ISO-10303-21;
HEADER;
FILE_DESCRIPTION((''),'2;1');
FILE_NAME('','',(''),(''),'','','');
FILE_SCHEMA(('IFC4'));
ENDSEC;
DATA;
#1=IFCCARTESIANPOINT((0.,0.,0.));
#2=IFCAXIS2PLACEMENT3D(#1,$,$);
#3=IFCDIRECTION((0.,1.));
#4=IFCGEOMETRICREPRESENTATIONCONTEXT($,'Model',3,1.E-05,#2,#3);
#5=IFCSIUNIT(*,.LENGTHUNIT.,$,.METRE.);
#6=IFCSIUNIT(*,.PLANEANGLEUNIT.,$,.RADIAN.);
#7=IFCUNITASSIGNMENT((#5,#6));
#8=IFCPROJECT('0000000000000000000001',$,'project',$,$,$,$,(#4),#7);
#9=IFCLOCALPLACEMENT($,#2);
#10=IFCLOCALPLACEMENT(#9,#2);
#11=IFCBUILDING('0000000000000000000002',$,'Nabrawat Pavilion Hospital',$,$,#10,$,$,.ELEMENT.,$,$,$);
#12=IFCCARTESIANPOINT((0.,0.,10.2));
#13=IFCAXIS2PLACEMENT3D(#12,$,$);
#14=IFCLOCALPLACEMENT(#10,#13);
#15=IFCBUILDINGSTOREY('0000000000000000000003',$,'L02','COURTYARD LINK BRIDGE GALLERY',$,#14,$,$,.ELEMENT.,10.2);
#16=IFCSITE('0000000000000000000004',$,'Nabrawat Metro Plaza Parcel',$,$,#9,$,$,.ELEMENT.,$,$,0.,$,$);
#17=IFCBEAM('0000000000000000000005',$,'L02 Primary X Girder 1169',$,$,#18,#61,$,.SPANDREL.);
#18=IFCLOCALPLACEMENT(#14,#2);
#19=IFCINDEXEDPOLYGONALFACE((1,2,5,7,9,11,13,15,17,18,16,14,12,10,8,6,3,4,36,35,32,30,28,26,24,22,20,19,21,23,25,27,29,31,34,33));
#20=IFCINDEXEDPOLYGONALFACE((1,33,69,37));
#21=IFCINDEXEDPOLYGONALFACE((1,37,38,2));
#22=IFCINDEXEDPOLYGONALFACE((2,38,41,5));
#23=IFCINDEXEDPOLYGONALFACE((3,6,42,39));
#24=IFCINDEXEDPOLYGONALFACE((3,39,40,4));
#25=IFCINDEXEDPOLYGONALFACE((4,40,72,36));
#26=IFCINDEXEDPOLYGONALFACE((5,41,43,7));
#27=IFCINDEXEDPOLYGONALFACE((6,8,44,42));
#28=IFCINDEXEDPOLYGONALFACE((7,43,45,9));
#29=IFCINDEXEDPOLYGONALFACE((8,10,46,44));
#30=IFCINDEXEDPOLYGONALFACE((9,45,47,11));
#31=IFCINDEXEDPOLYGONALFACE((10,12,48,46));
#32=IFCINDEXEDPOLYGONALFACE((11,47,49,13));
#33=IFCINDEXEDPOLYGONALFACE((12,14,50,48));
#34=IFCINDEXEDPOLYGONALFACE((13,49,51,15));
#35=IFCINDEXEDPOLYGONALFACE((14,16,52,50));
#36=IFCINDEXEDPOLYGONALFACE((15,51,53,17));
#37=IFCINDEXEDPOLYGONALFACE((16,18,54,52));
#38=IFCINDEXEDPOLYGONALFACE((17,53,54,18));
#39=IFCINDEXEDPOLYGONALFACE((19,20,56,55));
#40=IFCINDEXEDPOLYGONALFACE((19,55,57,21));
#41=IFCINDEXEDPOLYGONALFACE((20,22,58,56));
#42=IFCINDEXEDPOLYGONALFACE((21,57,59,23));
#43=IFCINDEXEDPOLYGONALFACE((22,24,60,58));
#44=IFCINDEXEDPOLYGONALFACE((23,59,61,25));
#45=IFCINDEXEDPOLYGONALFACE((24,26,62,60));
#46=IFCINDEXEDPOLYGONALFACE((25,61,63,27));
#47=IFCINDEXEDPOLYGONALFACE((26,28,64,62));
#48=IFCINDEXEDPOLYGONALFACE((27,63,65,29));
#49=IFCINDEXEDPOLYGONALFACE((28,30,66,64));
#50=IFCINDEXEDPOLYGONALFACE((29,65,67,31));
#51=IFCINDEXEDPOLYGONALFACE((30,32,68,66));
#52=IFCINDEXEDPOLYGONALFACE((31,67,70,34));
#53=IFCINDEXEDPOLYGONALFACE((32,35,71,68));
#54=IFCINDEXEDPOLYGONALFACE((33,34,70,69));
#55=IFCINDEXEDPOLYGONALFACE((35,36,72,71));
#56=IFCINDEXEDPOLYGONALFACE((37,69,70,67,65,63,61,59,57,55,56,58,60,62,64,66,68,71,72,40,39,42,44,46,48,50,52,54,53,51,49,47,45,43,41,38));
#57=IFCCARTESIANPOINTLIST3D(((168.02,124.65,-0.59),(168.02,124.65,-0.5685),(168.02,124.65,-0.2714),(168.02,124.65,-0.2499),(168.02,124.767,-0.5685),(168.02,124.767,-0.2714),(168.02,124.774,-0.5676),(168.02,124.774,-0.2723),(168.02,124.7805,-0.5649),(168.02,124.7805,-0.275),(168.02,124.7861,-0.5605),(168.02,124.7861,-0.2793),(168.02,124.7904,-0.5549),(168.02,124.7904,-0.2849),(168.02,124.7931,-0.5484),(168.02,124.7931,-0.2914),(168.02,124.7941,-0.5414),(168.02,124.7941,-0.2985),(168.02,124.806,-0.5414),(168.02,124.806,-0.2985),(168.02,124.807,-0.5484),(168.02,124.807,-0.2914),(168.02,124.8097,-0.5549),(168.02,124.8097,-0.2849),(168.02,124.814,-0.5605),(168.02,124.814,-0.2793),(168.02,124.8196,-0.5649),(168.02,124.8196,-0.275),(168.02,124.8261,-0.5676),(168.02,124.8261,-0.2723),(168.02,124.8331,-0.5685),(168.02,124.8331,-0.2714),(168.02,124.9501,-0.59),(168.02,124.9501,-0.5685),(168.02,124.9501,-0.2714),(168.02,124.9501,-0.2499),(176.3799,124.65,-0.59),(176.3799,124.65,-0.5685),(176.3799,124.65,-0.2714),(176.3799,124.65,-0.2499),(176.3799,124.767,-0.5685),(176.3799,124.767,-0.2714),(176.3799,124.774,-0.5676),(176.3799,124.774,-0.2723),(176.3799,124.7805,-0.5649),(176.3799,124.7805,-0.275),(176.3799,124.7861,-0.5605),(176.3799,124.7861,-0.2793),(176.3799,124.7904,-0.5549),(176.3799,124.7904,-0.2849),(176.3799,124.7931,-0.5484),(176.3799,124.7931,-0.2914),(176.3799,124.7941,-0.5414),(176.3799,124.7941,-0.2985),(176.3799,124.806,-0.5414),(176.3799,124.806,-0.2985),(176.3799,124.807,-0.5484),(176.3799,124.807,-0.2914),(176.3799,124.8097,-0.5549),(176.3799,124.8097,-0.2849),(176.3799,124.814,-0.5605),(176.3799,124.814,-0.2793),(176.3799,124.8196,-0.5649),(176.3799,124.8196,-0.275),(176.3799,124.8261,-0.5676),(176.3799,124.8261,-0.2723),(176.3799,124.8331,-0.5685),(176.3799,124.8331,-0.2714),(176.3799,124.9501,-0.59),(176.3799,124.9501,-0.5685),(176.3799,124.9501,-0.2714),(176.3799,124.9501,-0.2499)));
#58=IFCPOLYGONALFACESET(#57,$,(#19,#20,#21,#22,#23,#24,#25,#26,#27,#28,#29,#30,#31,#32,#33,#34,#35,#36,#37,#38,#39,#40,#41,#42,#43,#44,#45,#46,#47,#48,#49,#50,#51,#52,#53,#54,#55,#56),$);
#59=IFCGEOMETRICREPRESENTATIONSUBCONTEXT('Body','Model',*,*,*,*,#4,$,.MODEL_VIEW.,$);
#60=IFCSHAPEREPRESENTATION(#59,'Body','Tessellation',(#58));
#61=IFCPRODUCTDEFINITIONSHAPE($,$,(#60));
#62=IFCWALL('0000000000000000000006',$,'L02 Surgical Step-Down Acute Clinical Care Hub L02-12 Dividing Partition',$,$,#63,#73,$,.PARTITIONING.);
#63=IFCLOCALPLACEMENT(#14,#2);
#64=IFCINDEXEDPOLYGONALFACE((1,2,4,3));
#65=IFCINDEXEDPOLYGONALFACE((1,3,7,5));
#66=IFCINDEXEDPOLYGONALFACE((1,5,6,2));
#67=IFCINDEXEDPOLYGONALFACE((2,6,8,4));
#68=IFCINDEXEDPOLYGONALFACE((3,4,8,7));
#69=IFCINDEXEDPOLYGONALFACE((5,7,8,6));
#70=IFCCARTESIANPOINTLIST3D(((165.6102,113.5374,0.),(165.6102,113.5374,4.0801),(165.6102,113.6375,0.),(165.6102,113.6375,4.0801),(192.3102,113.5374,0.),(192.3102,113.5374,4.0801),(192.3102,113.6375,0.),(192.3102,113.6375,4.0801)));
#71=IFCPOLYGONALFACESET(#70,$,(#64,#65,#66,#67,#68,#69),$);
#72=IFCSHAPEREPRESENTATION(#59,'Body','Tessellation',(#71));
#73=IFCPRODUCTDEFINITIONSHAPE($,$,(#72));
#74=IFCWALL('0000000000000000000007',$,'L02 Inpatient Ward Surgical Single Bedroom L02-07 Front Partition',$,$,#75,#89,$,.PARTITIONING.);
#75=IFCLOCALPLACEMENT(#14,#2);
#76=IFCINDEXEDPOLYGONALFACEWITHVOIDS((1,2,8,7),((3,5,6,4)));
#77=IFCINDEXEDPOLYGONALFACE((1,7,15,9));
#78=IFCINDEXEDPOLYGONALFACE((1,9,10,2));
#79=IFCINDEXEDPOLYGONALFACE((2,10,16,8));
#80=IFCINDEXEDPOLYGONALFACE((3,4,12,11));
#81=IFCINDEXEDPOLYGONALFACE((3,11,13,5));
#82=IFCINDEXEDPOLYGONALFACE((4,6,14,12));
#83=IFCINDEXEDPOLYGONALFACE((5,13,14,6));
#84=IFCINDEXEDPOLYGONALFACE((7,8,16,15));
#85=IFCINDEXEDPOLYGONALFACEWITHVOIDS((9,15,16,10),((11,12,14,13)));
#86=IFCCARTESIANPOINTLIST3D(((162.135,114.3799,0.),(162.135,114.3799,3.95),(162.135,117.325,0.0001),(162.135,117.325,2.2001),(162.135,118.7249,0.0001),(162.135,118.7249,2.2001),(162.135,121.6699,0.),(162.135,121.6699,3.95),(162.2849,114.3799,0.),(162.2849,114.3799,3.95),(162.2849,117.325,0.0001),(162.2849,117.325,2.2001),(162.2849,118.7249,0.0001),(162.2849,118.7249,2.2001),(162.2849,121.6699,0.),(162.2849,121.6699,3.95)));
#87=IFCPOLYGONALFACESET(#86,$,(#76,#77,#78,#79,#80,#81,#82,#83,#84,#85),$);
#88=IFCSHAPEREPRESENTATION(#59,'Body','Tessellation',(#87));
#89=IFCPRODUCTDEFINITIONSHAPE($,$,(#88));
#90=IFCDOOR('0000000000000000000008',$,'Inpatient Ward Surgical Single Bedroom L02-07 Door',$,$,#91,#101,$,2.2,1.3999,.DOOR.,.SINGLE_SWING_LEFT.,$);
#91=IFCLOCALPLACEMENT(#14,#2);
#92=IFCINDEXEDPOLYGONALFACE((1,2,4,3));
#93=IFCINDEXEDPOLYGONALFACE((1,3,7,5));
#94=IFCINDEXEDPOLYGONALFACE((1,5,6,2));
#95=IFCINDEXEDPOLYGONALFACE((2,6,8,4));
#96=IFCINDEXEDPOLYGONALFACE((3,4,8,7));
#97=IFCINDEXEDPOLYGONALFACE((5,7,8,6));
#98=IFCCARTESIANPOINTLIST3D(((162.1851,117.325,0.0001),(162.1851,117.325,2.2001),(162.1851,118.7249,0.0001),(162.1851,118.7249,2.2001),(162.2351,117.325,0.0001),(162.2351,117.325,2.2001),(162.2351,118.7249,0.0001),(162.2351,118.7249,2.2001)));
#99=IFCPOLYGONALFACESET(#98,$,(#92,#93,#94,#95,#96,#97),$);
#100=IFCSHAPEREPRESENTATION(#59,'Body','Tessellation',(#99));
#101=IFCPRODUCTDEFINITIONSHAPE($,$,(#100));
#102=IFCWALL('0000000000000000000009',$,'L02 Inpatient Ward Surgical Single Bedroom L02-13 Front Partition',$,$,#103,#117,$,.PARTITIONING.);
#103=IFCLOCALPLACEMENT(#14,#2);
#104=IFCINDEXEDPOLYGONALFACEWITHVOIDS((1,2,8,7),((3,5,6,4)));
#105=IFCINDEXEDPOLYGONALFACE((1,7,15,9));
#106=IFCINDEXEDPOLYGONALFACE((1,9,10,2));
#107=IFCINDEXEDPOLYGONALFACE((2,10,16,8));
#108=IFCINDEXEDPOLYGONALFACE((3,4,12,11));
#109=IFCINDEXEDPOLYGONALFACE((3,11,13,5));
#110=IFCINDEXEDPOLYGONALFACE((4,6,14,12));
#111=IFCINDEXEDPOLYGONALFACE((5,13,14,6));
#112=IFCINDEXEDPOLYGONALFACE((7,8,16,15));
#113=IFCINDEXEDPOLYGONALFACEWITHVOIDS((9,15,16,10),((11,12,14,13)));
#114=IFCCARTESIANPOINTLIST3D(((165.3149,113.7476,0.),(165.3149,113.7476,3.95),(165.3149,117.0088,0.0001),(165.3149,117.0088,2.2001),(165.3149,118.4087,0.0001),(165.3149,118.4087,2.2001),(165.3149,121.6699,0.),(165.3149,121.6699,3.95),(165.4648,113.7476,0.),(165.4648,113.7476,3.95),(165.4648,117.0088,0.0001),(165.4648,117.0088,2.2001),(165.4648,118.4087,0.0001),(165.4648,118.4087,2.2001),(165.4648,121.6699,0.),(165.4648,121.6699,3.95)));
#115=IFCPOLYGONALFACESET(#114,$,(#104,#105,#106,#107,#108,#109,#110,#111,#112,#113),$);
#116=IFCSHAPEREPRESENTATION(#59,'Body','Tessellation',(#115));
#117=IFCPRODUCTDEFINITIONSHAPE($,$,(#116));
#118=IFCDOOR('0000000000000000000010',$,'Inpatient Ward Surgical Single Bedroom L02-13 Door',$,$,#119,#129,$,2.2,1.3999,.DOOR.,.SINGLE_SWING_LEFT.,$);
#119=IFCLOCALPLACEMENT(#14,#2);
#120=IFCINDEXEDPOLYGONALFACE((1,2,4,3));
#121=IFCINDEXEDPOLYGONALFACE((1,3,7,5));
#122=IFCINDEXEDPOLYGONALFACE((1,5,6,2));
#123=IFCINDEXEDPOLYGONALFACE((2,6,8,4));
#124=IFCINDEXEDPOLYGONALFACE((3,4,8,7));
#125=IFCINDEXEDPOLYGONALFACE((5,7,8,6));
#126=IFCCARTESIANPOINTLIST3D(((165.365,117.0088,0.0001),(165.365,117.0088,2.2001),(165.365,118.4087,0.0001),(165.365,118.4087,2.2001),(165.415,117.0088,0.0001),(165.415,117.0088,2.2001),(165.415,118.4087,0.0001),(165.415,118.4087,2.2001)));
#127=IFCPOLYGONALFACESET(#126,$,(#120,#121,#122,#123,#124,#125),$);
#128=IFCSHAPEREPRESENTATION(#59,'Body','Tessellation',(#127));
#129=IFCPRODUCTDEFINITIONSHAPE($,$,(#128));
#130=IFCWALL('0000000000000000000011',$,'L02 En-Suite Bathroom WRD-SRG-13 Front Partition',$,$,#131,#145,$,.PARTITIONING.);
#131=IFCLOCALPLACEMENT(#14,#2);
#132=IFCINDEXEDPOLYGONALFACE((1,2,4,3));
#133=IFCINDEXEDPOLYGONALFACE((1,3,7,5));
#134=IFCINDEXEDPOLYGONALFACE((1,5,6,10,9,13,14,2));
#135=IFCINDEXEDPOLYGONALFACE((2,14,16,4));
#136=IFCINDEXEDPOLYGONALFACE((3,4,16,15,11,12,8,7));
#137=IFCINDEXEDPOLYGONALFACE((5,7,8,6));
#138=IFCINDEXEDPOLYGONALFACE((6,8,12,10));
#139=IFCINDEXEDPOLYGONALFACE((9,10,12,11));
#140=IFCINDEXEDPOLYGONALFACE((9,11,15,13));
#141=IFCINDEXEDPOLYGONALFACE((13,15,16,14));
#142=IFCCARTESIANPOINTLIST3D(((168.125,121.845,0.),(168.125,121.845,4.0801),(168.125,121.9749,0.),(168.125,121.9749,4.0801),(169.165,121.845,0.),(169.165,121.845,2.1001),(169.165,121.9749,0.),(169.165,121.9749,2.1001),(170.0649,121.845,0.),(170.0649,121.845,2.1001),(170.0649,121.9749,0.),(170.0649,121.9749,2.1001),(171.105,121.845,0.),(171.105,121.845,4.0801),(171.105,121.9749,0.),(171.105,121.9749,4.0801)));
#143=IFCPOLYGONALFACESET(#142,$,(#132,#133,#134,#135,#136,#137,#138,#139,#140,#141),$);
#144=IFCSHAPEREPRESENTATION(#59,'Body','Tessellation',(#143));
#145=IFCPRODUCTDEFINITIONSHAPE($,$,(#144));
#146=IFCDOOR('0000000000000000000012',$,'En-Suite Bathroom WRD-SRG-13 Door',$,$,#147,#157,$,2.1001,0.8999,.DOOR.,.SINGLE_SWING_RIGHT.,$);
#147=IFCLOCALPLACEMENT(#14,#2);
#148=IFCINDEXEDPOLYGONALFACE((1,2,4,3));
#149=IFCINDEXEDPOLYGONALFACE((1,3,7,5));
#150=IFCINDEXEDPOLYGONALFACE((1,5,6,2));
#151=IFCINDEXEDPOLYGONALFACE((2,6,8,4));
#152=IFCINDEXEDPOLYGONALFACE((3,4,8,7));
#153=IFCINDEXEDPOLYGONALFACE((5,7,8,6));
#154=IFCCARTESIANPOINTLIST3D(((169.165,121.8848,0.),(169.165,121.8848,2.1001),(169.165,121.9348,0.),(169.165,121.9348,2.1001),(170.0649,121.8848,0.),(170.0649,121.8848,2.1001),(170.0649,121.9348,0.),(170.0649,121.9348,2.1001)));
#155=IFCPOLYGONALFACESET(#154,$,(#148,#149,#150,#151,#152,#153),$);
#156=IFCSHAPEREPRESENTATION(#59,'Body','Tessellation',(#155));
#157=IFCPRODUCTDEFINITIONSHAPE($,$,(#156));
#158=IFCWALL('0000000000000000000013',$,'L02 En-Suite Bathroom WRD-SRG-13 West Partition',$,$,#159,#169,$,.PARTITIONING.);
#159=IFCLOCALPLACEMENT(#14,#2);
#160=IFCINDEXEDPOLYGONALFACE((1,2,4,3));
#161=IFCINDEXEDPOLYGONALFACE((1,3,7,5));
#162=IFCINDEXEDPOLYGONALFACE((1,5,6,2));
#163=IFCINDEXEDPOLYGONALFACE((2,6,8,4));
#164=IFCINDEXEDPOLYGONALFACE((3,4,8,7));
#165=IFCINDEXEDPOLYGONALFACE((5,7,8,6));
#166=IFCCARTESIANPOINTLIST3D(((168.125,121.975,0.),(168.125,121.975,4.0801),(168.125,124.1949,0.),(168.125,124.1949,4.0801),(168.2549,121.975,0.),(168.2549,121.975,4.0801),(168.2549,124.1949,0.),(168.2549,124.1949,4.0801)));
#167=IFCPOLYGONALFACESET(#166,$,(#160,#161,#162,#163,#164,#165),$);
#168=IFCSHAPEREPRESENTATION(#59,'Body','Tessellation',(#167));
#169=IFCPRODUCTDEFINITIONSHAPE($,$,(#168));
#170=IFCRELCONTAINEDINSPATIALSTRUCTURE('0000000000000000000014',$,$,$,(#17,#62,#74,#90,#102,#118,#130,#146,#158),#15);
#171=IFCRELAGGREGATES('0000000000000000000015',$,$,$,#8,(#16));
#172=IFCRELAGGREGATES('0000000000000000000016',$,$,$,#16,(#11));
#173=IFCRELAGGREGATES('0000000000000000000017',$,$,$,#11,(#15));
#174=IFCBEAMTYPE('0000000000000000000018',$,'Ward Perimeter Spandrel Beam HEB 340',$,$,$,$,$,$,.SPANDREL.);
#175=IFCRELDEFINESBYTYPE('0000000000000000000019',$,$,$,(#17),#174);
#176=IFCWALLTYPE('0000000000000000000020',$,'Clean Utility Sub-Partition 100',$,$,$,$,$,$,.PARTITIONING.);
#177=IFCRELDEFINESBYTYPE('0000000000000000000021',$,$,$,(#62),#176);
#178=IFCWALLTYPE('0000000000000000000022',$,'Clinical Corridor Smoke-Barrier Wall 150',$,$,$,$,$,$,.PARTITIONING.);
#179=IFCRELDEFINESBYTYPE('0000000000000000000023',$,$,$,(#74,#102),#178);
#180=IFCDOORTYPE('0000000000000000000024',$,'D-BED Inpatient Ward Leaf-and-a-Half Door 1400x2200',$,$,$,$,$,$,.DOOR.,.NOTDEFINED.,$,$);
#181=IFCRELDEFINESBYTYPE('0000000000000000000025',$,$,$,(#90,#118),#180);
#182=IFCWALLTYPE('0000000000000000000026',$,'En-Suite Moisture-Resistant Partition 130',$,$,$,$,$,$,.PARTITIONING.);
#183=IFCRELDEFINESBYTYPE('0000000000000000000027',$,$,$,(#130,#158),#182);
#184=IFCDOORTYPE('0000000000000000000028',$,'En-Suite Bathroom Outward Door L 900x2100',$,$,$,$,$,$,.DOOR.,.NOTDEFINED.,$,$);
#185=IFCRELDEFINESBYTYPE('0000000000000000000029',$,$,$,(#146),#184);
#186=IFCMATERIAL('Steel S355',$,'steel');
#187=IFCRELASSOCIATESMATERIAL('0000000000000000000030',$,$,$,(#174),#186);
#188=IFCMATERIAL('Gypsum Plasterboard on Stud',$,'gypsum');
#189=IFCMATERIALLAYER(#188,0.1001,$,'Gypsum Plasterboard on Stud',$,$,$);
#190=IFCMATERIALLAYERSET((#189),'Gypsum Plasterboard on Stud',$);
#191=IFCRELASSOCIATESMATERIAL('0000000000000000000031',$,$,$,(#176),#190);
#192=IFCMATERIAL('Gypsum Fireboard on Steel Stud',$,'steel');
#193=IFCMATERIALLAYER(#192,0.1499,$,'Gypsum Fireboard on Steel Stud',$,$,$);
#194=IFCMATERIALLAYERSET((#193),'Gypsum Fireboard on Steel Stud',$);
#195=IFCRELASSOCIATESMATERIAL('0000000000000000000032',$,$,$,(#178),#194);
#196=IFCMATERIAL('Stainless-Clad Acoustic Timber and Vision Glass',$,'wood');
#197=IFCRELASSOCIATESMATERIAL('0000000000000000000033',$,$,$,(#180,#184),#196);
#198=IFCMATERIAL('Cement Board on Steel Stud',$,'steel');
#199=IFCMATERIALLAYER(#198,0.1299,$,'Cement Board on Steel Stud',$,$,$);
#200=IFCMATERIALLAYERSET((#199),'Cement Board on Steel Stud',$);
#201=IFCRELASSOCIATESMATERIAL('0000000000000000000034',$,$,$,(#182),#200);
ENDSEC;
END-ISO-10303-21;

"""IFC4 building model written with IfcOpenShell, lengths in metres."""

from ifc_helpers import new_model, si_unit, direction, frame, frame_2d, origin, origin_2d, place, context, subcontext, project, spatial, rectangle, i_section, extrude, material, layer, layer_set, material_profile, profile_set, type_object, element, fill, save


model = new_model("IFC4")

# Units and contexts
model_context = context("Model", 3, precision=1e-05, world=origin(), true_north=direction((0.0, 1.0)))
body_context = subcontext(model_context, "Body", "Model", "MODEL_VIEW")
ifc_project = project(units=[si_unit("LENGTHUNIT", "METRE"), si_unit("PLANEANGLEUNIT", "RADIAN")], contexts=[model_context])

# Site, building, storey
site_placement = place(None, origin())
site = spatial("IfcSite", under=ifc_project, at=site_placement, Name="Nabrawat Metro Plaza Parcel", CompositionType="ELEMENT", RefElevation=0.0)
building_placement = place(site_placement, origin())
building = spatial("IfcBuilding", under=site, at=building_placement, Name="Nabrawat Pavilion Hospital", CompositionType="ELEMENT")
storey_placement = place(building_placement, frame((0.0, 0.0, 10.2)))
storey = spatial("IfcBuildingStorey", under=building, at=storey_placement, Name="L02", Description="COURTYARD LINK BRIDGE GALLERY", CompositionType="ELEMENT", Elevation=10.2)

# Shared definitions
ifc_material_1 = material(Name="Steel S355", Category="steel")

# Beam
ifc_material_profile_1 = material_profile(ifc_material_1, i_section(OverallWidth=0.3, OverallDepth=0.3401, WebThickness=0.012, FlangeThickness=0.0215, FilletRadius=0.0271, at=origin_2d()), Name="HEB 340")
ifc_profile_set_1 = profile_set([ifc_material_profile_1], Name="Steel S355")
beam_type_1 = type_object("IfcBeamType", Name="Ward Perimeter Spandrel Beam HEB 340", PredefinedType="SPANDREL", material=ifc_profile_set_1)
for number, where, z_axis, x_axis, name in (
    (1, (168.02, 124.8, -0.4199), (1.0, 0.0, 0.0), (0.0, 1.0, 0.0), "L02 Primary X Girder 1169"),
):
    element("IfcBeam", number, at=place(storey_placement, frame(where, z_axis=z_axis, x_axis=x_axis)), inside=storey, type_object=beam_type_1, Name=name, PredefinedType="SPANDREL", context=body_context, shape_type="SweptSolid", body=[
        extrude(i_section(OverallWidth=0.3, OverallDepth=0.3401, WebThickness=0.012, FlangeThickness=0.0215, FilletRadius=0.0271, at=origin_2d()), origin(), (0.0, 0.0, 1.0), 8.3599),
    ])

# Wall
ifc_material_2 = material(Name="Gypsum Plasterboard on Stud", Category="gypsum")
ifc_layer_1 = layer(ifc_material_2, 0.1001, Name="Gypsum Plasterboard on Stud")
ifc_layer_set_1 = layer_set([ifc_layer_1], Name="Gypsum Plasterboard on Stud")
wall_type_1 = type_object("IfcWallType", Name="Clean Utility Sub-Partition 100", PredefinedType="PARTITIONING", material=ifc_layer_set_1)
wall_1_placement = place(storey_placement, frame((165.6101, 113.5874, 0.0), z_axis=(0.0, 0.0, 1.0), x_axis=(1.0, 0.0, 0.0)))
element("IfcWall", 2, at=wall_1_placement, inside=storey, type_object=wall_type_1, Name="L02 Surgical Step-Down Acute Clinical Care Hub L02-12 Dividing Partition", PredefinedType="PARTITIONING", context=body_context, shape_type="SweptSolid", body=[
    extrude(rectangle(XDim=26.7, YDim=0.1001, at=frame_2d((13.3501, 0.0))), origin(), (0.0, 0.0, 1.0), 4.0801),
])

# Walls, openings, doors
ifc_material_3 = material(Name="Gypsum Fireboard on Steel Stud", Category="steel")
ifc_layer_2 = layer(ifc_material_3, 0.1499, Name="Gypsum Fireboard on Steel Stud")
ifc_layer_set_2 = layer_set([ifc_layer_2], Name="Gypsum Fireboard on Steel Stud")
wall_type_2 = type_object("IfcWallType", Name="Clinical Corridor Smoke-Barrier Wall 150", PredefinedType="PARTITIONING", material=ifc_layer_set_2)
wall_2_placement = place(storey_placement, frame((162.21, 114.3799, 0.0), z_axis=(0.0, 0.0, 1.0), x_axis=(0.0, 1.0, 0.0)))
wall_2 = element("IfcWall", 3, at=wall_2_placement, inside=storey, type_object=wall_type_2, Name="L02 Inpatient Ward Surgical Single Bedroom L02-07 Front Partition", PredefinedType="PARTITIONING", context=body_context, shape_type="SweptSolid", body=[
    extrude(rectangle(XDim=7.29, YDim=0.1499, at=frame_2d((3.645, 0.0))), origin(), (0.0, 0.0, 1.0), 3.95),
])
opening_1_placement = place(wall_2_placement, frame((2.9451, 0.0, 0.0)))
opening_1 = element("IfcOpeningElement", 4, at=opening_1_placement, cuts=wall_2, PredefinedType="OPENING", context=body_context, shape_type="SweptSolid", body=[
    extrude(rectangle(XDim=1.3999, YDim=2.2, at=frame_2d((0.7, 1.1001))), frame((0.0, 0.085, 0.0), z_axis=(0.0, -1.0, 0.0), x_axis=(1.0, 0.0, 0.0)), (0.0, 0.0, 1.0), 0.1699),
])
ifc_material_4 = material(Name="Stainless-Clad Acoustic Timber and Vision Glass", Category="wood")
door_type_1 = type_object("IfcDoorType", Name="D-BED Inpatient Ward Leaf-and-a-Half Door 1400x2200", OperationType="NOTDEFINED", PredefinedType="DOOR", material=ifc_material_4)
door_1_placement = place(opening_1_placement, origin())
door_1 = element("IfcDoor", 5, at=door_1_placement, inside=storey, type_object=door_type_1, Name="Inpatient Ward Surgical Single Bedroom L02-07 Door", OperationType="SINGLE_SWING_LEFT", OverallHeight=2.2, OverallWidth=1.3999, PredefinedType="DOOR", context=body_context, shape_type="SweptSolid", body=[
    extrude(rectangle(XDim=1.3999, YDim=2.2, at=frame_2d((0.7, 1.1001))), frame((0.0, 0.0249, 0.0), z_axis=(0.0, -1.0, 0.0), x_axis=(1.0, 0.0, 0.0)), (0.0, 0.0, 1.0), 0.05),
])
fill(opening_1, door_1)
wall_3_placement = place(storey_placement, frame((165.3899, 113.7476, 0.0), z_axis=(0.0, 0.0, 1.0), x_axis=(0.0, 1.0, 0.0)))
wall_3 = element("IfcWall", 6, at=wall_3_placement, inside=storey, type_object=wall_type_2, Name="L02 Inpatient Ward Surgical Single Bedroom L02-13 Front Partition", PredefinedType="PARTITIONING", context=body_context, shape_type="SweptSolid", body=[
    extrude(rectangle(XDim=7.9224, YDim=0.1499, at=frame_2d((3.9612, 0.0))), origin(), (0.0, 0.0, 1.0), 3.95),
])
opening_2_placement = place(wall_3_placement, frame((3.2612, 0.0, 0.0)))
opening_2 = element("IfcOpeningElement", 7, at=opening_2_placement, cuts=wall_3, PredefinedType="OPENING", context=body_context, shape_type="SweptSolid", body=[
    extrude(rectangle(XDim=1.3999, YDim=2.2, at=frame_2d((0.7, 1.1001))), frame((0.0, 0.085, 0.0), z_axis=(0.0, -1.0, 0.0), x_axis=(1.0, 0.0, 0.0)), (0.0, 0.0, 1.0), 0.1699),
])
door_2_placement = place(opening_2_placement, origin())
door_2 = element("IfcDoor", 8, at=door_2_placement, inside=storey, type_object=door_type_1, Name="Inpatient Ward Surgical Single Bedroom L02-13 Door", OperationType="SINGLE_SWING_LEFT", OverallHeight=2.2, OverallWidth=1.3999, PredefinedType="DOOR", context=body_context, shape_type="SweptSolid", body=[
    extrude(rectangle(XDim=1.3999, YDim=2.2, at=frame_2d((0.7, 1.1001))), frame((0.0, 0.0249, 0.0), z_axis=(0.0, -1.0, 0.0), x_axis=(1.0, 0.0, 0.0)), (0.0, 0.0, 1.0), 0.05),
])
fill(opening_2, door_2)
ifc_material_5 = material(Name="Cement Board on Steel Stud", Category="steel")
ifc_layer_3 = layer(ifc_material_5, 0.1299, Name="Cement Board on Steel Stud")
ifc_layer_set_3 = layer_set([ifc_layer_3], Name="Cement Board on Steel Stud")
wall_type_3 = type_object("IfcWallType", Name="En-Suite Moisture-Resistant Partition 130", PredefinedType="PARTITIONING", material=ifc_layer_set_3)
wall_4_placement = place(storey_placement, frame((168.125, 121.9099, 0.0), z_axis=(0.0, 0.0, 1.0), x_axis=(1.0, 0.0, 0.0)))
wall_4 = element("IfcWall", 9, at=wall_4_placement, inside=storey, type_object=wall_type_3, Name="L02 En-Suite Bathroom WRD-SRG-13 Front Partition", PredefinedType="PARTITIONING", context=body_context, shape_type="SweptSolid", body=[
    extrude(rectangle(XDim=2.98, YDim=0.1299, at=frame_2d((1.49, 0.0))), origin(), (0.0, 0.0, 1.0), 4.0801),
])
opening_3_placement = place(wall_4_placement, frame((1.04, 0.0, 0.0)))
opening_3 = element("IfcOpeningElement", 10, at=opening_3_placement, cuts=wall_4, PredefinedType="OPENING", context=body_context, shape_type="SweptSolid", body=[
    extrude(rectangle(XDim=0.8999, YDim=2.1001, at=frame_2d((0.45, 1.05))), frame((0.0, 0.075, 0.0), z_axis=(0.0, -1.0, 0.0), x_axis=(1.0, 0.0, 0.0)), (0.0, 0.0, 1.0), 0.1499),
])
door_type_2 = type_object("IfcDoorType", Name="En-Suite Bathroom Outward Door L 900x2100", OperationType="NOTDEFINED", PredefinedType="DOOR", material=ifc_material_4)
door_3_placement = place(opening_3_placement, origin())
door_3 = element("IfcDoor", 11, at=door_3_placement, inside=storey, type_object=door_type_2, Name="En-Suite Bathroom WRD-SRG-13 Door", OperationType="SINGLE_SWING_RIGHT", OverallHeight=2.1001, OverallWidth=0.8999, PredefinedType="DOOR", context=body_context, shape_type="SweptSolid", body=[
    extrude(rectangle(XDim=0.8999, YDim=2.1001, at=frame_2d((0.45, 1.05))), frame((0.0, 0.0249, 0.0), z_axis=(0.0, -1.0, 0.0), x_axis=(1.0, 0.0, 0.0)), (0.0, 0.0, 1.0), 0.05),
])
fill(opening_3, door_3)

# Wall
wall_5_placement = place(storey_placement, frame((168.1899, 121.9751, 0.0), z_axis=(0.0, 0.0, 1.0), x_axis=(0.0, 1.0, 0.0)))
element("IfcWall", 12, at=wall_5_placement, inside=storey, type_object=wall_type_3, Name="L02 En-Suite Bathroom WRD-SRG-13 West Partition", PredefinedType="PARTITIONING", context=body_context, shape_type="SweptSolid", body=[
    extrude(rectangle(XDim=2.22, YDim=0.1299, at=frame_2d((1.1099, 0.0))), origin(), (0.0, 0.0, 1.0), 4.0801),
])

save(model, "model.ifc")
